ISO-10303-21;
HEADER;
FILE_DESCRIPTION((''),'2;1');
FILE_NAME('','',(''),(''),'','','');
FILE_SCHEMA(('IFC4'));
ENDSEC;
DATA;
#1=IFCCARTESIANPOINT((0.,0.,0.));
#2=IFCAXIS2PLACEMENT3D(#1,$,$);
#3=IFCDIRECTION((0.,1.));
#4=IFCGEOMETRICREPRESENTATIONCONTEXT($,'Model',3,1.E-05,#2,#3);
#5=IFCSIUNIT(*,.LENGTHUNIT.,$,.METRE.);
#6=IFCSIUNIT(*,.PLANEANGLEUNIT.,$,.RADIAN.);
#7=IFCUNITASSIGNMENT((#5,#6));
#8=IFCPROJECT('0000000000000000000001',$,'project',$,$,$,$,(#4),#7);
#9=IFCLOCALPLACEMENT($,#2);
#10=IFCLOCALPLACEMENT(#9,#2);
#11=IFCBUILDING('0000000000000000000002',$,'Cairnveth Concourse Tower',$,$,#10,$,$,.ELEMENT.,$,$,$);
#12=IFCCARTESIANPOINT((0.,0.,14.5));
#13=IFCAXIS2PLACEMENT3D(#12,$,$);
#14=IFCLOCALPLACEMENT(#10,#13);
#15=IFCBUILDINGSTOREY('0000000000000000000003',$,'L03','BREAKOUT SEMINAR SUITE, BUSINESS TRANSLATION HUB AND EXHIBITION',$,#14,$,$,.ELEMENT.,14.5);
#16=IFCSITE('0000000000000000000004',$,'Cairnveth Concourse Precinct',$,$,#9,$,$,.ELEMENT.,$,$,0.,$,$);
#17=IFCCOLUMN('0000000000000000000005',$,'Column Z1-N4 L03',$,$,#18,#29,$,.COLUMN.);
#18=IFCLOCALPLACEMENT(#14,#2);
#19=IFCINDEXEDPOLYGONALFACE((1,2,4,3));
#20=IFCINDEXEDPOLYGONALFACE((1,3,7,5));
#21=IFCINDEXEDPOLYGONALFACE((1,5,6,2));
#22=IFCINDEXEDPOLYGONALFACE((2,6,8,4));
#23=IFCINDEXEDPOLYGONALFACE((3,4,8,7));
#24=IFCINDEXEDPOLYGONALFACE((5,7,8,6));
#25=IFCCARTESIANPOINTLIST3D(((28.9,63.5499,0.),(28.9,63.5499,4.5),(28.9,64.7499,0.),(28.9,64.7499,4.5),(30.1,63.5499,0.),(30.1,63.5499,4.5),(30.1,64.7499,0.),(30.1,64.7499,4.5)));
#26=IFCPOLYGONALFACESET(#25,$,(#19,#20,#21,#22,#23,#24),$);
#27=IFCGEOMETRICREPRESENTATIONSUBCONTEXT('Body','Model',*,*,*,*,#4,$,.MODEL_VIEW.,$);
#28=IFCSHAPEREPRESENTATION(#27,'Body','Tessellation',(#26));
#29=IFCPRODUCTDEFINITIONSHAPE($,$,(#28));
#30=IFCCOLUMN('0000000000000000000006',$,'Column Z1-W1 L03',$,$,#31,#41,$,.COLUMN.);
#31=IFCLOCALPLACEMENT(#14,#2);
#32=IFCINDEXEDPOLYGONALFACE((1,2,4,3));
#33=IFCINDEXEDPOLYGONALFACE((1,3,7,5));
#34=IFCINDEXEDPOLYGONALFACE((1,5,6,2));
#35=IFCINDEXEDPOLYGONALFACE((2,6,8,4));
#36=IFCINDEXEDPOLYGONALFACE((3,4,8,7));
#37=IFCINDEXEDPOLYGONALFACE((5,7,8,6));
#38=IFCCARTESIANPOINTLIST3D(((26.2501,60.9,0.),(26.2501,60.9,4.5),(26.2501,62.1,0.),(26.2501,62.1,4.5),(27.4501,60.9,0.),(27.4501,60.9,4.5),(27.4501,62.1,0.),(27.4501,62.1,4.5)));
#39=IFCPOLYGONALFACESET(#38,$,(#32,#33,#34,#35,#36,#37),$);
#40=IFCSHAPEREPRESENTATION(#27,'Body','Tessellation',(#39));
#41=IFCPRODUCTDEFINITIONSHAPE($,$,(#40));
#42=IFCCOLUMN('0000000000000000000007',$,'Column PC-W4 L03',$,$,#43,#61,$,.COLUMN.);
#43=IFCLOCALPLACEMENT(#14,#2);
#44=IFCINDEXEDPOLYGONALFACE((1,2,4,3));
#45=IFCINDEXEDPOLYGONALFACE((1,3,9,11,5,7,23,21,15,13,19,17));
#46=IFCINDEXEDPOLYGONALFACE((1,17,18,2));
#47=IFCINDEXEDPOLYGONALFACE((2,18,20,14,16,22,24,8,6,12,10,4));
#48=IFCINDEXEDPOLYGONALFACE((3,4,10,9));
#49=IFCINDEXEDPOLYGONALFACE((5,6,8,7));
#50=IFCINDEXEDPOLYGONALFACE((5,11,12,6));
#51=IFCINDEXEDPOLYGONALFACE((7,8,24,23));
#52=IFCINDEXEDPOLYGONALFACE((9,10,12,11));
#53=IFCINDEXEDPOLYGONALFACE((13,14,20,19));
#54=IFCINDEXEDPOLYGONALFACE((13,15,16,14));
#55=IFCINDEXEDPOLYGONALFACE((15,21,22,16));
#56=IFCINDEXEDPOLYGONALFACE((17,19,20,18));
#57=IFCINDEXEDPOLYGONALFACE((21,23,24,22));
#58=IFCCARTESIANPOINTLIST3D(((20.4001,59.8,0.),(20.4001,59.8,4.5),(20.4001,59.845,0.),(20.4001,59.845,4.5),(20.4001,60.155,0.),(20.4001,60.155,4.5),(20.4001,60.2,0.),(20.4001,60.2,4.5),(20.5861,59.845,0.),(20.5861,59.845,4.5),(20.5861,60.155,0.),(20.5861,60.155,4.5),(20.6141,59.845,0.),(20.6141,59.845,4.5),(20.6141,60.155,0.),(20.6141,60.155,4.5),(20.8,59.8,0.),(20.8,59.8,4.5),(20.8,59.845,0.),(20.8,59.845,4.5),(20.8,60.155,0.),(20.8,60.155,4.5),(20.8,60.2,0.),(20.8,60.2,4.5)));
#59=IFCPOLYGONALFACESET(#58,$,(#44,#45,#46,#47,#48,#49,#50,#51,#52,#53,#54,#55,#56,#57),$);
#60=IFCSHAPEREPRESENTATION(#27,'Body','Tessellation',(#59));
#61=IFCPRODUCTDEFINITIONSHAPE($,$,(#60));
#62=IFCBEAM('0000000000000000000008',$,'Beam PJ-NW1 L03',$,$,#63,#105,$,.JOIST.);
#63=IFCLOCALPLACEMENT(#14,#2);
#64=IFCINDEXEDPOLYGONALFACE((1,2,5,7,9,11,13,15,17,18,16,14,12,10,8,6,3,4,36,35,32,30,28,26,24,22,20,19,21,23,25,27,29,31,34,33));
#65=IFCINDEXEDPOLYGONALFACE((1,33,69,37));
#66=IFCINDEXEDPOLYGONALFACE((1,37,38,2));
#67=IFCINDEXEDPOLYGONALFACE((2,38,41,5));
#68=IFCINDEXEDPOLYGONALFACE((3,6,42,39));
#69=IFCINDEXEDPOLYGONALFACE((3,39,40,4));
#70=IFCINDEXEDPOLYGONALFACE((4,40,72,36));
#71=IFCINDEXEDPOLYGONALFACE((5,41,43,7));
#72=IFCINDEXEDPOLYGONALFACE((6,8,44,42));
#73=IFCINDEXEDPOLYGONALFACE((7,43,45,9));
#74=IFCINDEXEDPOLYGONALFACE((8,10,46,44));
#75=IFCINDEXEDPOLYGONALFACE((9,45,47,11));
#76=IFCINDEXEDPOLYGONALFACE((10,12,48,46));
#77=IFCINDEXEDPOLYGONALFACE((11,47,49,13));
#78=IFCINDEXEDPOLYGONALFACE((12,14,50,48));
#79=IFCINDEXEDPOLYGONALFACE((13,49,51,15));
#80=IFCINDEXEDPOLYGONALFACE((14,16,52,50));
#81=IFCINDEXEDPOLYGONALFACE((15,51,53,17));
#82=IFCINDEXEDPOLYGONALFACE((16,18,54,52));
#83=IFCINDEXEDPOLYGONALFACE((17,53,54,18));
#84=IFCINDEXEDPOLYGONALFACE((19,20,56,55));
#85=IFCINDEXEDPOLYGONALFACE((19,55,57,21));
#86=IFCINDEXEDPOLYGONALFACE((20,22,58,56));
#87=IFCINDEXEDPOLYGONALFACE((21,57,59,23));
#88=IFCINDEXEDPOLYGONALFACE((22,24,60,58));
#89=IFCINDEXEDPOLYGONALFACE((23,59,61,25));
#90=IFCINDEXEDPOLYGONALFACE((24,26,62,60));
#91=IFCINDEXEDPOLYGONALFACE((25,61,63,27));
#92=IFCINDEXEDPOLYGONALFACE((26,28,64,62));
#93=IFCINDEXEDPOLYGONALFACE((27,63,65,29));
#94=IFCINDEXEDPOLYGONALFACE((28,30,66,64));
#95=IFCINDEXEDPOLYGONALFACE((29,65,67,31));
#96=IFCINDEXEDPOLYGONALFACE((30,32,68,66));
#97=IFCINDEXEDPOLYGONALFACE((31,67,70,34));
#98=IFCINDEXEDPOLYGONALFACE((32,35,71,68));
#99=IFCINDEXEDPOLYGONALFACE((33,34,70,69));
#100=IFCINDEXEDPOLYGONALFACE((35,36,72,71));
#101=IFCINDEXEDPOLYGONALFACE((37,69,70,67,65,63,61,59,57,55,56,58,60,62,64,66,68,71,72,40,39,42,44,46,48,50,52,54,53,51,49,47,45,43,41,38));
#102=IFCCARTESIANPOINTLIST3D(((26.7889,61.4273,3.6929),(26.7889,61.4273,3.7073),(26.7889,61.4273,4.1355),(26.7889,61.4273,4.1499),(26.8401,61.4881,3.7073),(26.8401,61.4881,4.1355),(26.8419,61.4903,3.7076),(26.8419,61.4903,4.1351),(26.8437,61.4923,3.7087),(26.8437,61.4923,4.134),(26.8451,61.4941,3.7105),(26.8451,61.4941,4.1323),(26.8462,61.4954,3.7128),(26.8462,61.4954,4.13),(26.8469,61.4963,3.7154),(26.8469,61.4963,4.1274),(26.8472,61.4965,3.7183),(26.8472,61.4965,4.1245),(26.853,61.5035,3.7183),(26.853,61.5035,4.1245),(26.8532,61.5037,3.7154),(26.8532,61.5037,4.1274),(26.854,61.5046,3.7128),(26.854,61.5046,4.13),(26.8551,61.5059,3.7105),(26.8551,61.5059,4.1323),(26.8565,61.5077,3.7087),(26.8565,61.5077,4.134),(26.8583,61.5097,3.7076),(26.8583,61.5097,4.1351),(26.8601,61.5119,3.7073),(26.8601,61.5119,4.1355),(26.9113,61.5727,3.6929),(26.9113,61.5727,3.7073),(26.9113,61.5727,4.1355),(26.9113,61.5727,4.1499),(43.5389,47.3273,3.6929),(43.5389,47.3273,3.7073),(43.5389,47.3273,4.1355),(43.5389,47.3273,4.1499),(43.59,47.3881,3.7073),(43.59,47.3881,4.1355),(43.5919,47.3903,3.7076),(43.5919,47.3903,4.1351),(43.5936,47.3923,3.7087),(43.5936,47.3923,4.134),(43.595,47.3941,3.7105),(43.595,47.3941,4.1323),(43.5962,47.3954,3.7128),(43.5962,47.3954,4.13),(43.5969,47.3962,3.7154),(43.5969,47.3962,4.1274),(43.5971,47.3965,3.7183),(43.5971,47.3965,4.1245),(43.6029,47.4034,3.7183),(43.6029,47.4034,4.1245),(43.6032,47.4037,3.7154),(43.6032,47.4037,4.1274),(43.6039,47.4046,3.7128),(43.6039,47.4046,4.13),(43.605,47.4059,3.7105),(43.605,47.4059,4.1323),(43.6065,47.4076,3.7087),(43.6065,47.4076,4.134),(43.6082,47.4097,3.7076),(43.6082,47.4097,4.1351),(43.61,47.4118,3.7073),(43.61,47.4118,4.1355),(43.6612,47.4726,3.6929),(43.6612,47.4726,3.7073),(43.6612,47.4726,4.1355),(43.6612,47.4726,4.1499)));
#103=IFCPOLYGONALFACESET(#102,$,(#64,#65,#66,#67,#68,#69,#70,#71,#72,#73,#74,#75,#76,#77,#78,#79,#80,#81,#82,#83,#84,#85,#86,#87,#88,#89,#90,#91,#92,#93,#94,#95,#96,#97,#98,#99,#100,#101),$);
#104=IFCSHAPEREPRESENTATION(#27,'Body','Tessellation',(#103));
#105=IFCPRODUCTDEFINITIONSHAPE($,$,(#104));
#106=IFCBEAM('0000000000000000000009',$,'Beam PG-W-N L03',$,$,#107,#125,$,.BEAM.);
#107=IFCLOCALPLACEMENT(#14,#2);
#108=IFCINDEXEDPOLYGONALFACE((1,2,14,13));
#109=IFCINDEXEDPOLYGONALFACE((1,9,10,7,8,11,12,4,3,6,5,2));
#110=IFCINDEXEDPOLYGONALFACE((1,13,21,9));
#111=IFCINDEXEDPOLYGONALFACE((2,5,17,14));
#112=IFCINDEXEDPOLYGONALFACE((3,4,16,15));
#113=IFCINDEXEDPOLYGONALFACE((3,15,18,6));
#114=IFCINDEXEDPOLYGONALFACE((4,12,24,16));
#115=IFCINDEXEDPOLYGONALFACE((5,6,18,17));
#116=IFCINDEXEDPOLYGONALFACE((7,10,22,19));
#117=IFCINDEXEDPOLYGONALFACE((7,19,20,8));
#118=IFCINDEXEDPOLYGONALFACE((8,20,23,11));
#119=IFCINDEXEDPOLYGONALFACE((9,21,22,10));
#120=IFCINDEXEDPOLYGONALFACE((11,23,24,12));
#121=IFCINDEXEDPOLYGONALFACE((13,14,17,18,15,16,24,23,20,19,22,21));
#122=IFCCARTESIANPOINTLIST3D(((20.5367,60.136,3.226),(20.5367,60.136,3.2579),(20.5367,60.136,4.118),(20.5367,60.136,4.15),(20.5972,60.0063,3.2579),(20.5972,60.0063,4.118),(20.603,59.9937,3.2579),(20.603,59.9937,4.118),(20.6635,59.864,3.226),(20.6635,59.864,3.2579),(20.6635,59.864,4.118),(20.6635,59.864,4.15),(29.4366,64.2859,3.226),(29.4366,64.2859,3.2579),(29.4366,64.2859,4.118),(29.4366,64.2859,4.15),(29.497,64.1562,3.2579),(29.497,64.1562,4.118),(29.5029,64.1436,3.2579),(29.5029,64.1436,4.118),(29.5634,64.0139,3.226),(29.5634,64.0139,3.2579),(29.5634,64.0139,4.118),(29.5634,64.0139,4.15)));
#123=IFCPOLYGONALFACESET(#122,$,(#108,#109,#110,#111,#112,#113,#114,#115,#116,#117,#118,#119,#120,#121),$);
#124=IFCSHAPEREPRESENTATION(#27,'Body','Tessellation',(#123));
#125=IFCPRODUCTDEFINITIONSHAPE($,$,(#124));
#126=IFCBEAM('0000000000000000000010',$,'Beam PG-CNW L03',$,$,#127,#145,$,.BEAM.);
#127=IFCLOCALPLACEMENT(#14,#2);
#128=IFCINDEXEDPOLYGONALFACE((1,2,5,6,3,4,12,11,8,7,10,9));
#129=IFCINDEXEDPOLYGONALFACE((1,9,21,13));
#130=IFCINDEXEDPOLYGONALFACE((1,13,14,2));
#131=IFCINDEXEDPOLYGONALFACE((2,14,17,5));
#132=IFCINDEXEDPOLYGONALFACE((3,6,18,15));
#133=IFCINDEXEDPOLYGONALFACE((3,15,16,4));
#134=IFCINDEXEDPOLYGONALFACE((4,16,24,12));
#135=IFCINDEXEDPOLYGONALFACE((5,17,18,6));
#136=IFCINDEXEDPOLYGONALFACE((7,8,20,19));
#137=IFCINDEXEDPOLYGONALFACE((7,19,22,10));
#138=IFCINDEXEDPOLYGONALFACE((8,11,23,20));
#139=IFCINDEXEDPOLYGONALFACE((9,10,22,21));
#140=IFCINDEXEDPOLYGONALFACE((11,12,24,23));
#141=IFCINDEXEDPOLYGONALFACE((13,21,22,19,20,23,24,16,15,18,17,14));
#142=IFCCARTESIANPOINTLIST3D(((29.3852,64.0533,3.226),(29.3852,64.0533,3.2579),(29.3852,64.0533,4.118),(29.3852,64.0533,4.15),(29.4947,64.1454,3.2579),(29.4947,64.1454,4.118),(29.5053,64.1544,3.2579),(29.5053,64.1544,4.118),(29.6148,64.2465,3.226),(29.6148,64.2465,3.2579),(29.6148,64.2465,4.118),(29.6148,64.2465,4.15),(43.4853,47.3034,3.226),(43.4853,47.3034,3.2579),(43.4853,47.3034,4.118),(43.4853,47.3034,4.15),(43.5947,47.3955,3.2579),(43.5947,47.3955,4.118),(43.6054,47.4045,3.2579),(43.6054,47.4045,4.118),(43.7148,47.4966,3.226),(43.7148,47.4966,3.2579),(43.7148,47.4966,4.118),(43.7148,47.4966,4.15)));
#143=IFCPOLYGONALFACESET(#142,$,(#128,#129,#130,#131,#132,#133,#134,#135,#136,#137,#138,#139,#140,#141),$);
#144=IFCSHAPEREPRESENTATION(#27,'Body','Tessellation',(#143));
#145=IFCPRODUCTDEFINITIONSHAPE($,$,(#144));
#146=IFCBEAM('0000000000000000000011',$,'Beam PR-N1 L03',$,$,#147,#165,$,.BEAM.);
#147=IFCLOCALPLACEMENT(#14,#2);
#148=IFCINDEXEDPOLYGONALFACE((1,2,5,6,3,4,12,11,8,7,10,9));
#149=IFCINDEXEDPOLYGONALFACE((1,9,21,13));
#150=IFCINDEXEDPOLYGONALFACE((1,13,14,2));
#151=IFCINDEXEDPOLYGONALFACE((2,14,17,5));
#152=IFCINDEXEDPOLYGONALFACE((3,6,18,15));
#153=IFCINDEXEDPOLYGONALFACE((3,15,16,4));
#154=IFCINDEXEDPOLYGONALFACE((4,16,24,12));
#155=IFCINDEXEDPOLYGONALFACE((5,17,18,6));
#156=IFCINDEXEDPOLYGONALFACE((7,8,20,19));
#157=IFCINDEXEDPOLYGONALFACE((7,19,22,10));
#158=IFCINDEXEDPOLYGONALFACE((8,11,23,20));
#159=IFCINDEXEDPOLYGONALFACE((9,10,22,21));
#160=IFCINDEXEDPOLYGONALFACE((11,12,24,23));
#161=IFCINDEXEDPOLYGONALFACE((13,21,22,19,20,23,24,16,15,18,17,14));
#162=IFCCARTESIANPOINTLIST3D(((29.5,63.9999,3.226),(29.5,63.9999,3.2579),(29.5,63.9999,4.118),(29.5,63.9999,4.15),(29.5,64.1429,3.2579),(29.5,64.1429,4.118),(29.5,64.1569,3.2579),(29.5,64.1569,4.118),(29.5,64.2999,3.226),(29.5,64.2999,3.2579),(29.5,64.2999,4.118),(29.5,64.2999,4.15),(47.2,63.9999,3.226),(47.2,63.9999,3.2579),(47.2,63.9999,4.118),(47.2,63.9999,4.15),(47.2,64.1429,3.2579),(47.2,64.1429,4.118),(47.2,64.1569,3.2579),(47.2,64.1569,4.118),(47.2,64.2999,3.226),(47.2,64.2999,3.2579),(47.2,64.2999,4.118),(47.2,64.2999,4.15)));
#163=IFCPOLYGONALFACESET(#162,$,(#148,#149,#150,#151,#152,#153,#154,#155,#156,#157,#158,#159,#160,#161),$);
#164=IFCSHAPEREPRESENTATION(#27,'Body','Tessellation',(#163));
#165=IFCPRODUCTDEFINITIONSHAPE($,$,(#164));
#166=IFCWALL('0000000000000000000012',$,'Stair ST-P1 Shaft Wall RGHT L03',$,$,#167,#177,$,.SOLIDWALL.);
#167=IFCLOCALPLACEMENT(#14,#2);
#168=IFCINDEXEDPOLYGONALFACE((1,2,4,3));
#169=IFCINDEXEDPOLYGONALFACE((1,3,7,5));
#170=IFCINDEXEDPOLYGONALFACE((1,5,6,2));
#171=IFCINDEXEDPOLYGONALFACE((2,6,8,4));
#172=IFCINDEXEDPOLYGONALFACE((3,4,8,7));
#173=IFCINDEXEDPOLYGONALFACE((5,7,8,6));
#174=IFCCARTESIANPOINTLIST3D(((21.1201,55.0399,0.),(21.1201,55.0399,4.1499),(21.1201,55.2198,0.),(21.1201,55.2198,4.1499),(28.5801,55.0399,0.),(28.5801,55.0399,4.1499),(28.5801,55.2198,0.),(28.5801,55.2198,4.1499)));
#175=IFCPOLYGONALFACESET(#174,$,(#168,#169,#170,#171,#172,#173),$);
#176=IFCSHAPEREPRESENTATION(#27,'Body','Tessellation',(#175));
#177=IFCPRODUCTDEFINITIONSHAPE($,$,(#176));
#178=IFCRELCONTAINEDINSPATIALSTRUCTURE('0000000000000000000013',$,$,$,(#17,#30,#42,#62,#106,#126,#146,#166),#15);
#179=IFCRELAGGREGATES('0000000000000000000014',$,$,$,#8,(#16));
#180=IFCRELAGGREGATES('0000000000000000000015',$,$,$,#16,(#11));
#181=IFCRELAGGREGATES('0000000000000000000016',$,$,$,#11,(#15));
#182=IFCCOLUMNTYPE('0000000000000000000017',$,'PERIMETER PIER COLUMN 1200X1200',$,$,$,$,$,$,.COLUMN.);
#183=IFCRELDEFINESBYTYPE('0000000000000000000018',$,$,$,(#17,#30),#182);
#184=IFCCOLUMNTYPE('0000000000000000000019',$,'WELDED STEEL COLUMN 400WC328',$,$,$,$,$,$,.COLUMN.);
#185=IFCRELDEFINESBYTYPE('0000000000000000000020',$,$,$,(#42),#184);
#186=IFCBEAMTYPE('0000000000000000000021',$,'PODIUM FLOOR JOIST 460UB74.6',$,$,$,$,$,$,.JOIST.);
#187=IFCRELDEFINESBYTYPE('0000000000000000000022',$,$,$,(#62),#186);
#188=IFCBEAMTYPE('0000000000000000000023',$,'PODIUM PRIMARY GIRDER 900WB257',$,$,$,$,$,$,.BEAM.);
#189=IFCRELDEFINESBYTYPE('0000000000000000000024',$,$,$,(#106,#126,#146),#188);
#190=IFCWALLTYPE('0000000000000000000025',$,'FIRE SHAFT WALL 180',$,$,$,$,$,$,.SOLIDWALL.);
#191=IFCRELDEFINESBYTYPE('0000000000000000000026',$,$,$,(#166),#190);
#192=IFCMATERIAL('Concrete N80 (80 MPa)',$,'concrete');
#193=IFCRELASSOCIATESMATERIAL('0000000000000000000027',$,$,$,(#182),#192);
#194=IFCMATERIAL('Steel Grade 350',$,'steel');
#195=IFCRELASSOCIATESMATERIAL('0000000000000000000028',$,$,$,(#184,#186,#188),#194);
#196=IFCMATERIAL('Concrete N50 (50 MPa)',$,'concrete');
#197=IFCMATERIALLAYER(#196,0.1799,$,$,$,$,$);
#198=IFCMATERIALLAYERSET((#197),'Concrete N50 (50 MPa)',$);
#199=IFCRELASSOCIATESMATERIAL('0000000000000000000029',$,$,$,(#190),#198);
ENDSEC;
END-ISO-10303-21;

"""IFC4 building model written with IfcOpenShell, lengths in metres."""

from ifc_helpers import new_model, si_unit, direction, frame, frame_2d, origin, origin_2d, place, context, subcontext, project, spatial, rectangle, i_section, extrude, material, layer, layer_set, material_profile, profile_set, type_object, element, save


model = new_model("IFC4")

# Units and contexts
model_context = context("Model", 3, precision=1e-05, world=origin(), true_north=direction((0.0, 1.0)))
body_context = subcontext(model_context, "Body", "Model", "MODEL_VIEW")
ifc_project = project(units=[si_unit("LENGTHUNIT", "METRE"), si_unit("PLANEANGLEUNIT", "RADIAN")], contexts=[model_context])

# Site, building, storey
site_placement = place(None, origin())
site = spatial("IfcSite", under=ifc_project, at=site_placement, Name="Cairnveth Concourse Precinct", CompositionType="ELEMENT", RefElevation=0.0)
building_placement = place(site_placement, origin())
building = spatial("IfcBuilding", under=site, at=building_placement, Name="Cairnveth Concourse Tower", CompositionType="ELEMENT")
storey_placement = place(building_placement, frame((0.0, 0.0, 14.5)))
storey = spatial("IfcBuildingStorey", under=building, at=storey_placement, Name="L03", Description="BREAKOUT SEMINAR SUITE, BUSINESS TRANSLATION HUB AND EXHIBITION", CompositionType="ELEMENT", Elevation=14.5)

# Columns
ifc_material_1 = material(Name="Concrete N80 (80 MPa)", Category="concrete")
ifc_material_profile_1 = material_profile(ifc_material_1, rectangle(XDim=1.2, YDim=1.2, at=origin_2d()), Name="RC-COL-1200x1200")
ifc_profile_set_1 = profile_set([ifc_material_profile_1], Name="Concrete N80 (80 MPa)")
column_type_1 = type_object("IfcColumnType", Name="PERIMETER PIER COLUMN 1200X1200", PredefinedType="COLUMN", material=ifc_profile_set_1)
for number, where, z_axis, x_axis, name in (
    (1, (29.5, 64.1499, 0.0), (0.0, 0.0, 1.0), (1.0, 0.0, 0.0), "Column Z1-N4 L03"),
    (2, (26.8501, 61.5, 0.0), (0.0, 0.0, 1.0), (1.0, 0.0, 0.0), "Column Z1-W1 L03"),
):
    element("IfcColumn", number, at=place(storey_placement, frame(where, z_axis=z_axis, x_axis=x_axis)), inside=storey, type_object=column_type_1, Name=name, PredefinedType="COLUMN", context=body_context, shape_type="SweptSolid", body=[
        extrude(rectangle(XDim=1.2, YDim=1.2, at=origin_2d()), origin(), (0.0, 0.0, 1.0), 4.5),
    ])
ifc_material_2 = material(Name="Steel Grade 350", Category="steel")
ifc_material_profile_2 = material_profile(ifc_material_2, i_section(OverallWidth=0.3999, OverallDepth=0.3999, WebThickness=0.0281, FlangeThickness=0.0449, at=origin_2d()), Name="400WC328")
ifc_profile_set_2 = profile_set([ifc_material_profile_2], Name="Steel Grade 350")
column_type_2 = type_object("IfcColumnType", Name="WELDED STEEL COLUMN 400WC328", PredefinedType="COLUMN", material=ifc_profile_set_2)
column_placement = place(storey_placement, frame((20.6001, 60.0, 0.0), z_axis=(0.0, 0.0, 1.0), x_axis=(1.0, 0.0, 0.0)))
element("IfcColumn", 3, at=column_placement, inside=storey, type_object=column_type_2, Name="Column PC-W4 L03", PredefinedType="COLUMN", context=body_context, shape_type="SweptSolid", body=[
    extrude(i_section(OverallWidth=0.3999, OverallDepth=0.3999, WebThickness=0.0281, FlangeThickness=0.0449, at=origin_2d()), origin(), (0.0, 0.0, 1.0), 4.5),
])

# Beams
ifc_material_profile_3 = material_profile(ifc_material_2, i_section(OverallWidth=0.1899, OverallDepth=0.457, WebThickness=0.009, FlangeThickness=0.0144, FilletRadius=0.011, at=origin_2d()), Name="460UB74.6")
ifc_profile_set_3 = profile_set([ifc_material_profile_3], Name="Steel Grade 350")
beam_type_1 = type_object("IfcBeamType", Name="PODIUM FLOOR JOIST 460UB74.6", PredefinedType="JOIST", material=ifc_profile_set_3)
beam_1_placement = place(storey_placement, frame((26.8501, 61.5, 3.9214), z_axis=(0.765027, -0.643998, 0.0), x_axis=(0.643998, 0.765027, 0.0)))
element("IfcBeam", 4, at=beam_1_placement, inside=storey, type_object=beam_type_1, Name="Beam PJ-NW1 L03", PredefinedType="JOIST", context=body_context, shape_type="SweptSolid", body=[
    extrude(i_section(OverallWidth=0.1899, OverallDepth=0.457, WebThickness=0.009, FlangeThickness=0.0144, FilletRadius=0.011, at=origin_2d()), origin(), (0.0, 0.0, 1.0), 21.8945),
])
ifc_material_profile_4 = material_profile(ifc_material_2, i_section(OverallWidth=0.3, OverallDepth=0.9241, WebThickness=0.0139, FlangeThickness=0.032, at=origin_2d()), Name="900WB257")
ifc_profile_set_4 = profile_set([ifc_material_profile_4], Name="Steel Grade 350")
beam_type_2 = type_object("IfcBeamType", Name="PODIUM PRIMARY GIRDER 900WB257", PredefinedType="BEAM", material=ifc_profile_set_4)
beam_2_placement = place(storey_placement, frame((20.6001, 60.0, 3.688), z_axis=(0.906315, 0.422602, 0.0), x_axis=(-0.422602, 0.906315, 0.0)))
element("IfcBeam", 5, at=beam_2_placement, inside=storey, type_object=beam_type_2, Name="Beam PG-W-N L03", PredefinedType="BEAM", context=body_context, shape_type="SweptSolid", body=[
    extrude(i_section(OverallWidth=0.3, OverallDepth=0.9241, WebThickness=0.0139, FlangeThickness=0.032, at=origin_2d()), origin(), (0.0, 0.0, 1.0), 9.8198),
])
beam_3_placement = place(storey_placement, frame((29.5, 64.1499, 3.688), z_axis=(0.643998, -0.765027, 0.0), x_axis=(0.765027, 0.643998, 0.0)))
element("IfcBeam", 6, at=beam_3_placement, inside=storey, type_object=beam_type_2, Name="Beam PG-CNW L03", PredefinedType="BEAM", context=body_context, shape_type="SweptSolid", body=[
    extrude(i_section(OverallWidth=0.3, OverallDepth=0.9241, WebThickness=0.0139, FlangeThickness=0.032, at=origin_2d()), origin(), (0.0, 0.0, 1.0), 21.8945),
])
beam_4_placement = place(storey_placement, frame((29.5, 64.1499, 3.688), z_axis=(1.0, 0.0, 0.0), x_axis=(0.0, 1.0, 0.0)))
element("IfcBeam", 7, at=beam_4_placement, inside=storey, type_object=beam_type_2, Name="Beam PR-N1 L03", PredefinedType="BEAM", context=body_context, shape_type="SweptSolid", body=[
    extrude(i_section(OverallWidth=0.3, OverallDepth=0.9241, WebThickness=0.0139, FlangeThickness=0.032, at=origin_2d()), origin(), (0.0, 0.0, 1.0), 17.7),
])

# Wall
ifc_material_3 = material(Name="Concrete N50 (50 MPa)", Category="concrete")
ifc_layer_1 = layer(ifc_material_3, 0.1799)
ifc_layer_set_1 = layer_set([ifc_layer_1], Name="Concrete N50 (50 MPa)")
wall_type_1 = type_object("IfcWallType", Name="FIRE SHAFT WALL 180", PredefinedType="SOLIDWALL", material=ifc_layer_set_1)
wall_1_placement = place(storey_placement, frame((21.1201, 55.1299, 0.0), z_axis=(0.0, 0.0, 1.0), x_axis=(1.0, 0.0, 0.0)))
element("IfcWall", 8, at=wall_1_placement, inside=storey, type_object=wall_type_1, Name="Stair ST-P1 Shaft Wall RGHT L03", PredefinedType="SOLIDWALL", context=body_context, shape_type="SweptSolid", body=[
    extrude(rectangle(XDim=7.46, YDim=0.1799, at=frame_2d((3.73, 0.0))), origin(), (0.0, 0.0, 1.0), 4.1499),
])

save(model, "model.ifc")
